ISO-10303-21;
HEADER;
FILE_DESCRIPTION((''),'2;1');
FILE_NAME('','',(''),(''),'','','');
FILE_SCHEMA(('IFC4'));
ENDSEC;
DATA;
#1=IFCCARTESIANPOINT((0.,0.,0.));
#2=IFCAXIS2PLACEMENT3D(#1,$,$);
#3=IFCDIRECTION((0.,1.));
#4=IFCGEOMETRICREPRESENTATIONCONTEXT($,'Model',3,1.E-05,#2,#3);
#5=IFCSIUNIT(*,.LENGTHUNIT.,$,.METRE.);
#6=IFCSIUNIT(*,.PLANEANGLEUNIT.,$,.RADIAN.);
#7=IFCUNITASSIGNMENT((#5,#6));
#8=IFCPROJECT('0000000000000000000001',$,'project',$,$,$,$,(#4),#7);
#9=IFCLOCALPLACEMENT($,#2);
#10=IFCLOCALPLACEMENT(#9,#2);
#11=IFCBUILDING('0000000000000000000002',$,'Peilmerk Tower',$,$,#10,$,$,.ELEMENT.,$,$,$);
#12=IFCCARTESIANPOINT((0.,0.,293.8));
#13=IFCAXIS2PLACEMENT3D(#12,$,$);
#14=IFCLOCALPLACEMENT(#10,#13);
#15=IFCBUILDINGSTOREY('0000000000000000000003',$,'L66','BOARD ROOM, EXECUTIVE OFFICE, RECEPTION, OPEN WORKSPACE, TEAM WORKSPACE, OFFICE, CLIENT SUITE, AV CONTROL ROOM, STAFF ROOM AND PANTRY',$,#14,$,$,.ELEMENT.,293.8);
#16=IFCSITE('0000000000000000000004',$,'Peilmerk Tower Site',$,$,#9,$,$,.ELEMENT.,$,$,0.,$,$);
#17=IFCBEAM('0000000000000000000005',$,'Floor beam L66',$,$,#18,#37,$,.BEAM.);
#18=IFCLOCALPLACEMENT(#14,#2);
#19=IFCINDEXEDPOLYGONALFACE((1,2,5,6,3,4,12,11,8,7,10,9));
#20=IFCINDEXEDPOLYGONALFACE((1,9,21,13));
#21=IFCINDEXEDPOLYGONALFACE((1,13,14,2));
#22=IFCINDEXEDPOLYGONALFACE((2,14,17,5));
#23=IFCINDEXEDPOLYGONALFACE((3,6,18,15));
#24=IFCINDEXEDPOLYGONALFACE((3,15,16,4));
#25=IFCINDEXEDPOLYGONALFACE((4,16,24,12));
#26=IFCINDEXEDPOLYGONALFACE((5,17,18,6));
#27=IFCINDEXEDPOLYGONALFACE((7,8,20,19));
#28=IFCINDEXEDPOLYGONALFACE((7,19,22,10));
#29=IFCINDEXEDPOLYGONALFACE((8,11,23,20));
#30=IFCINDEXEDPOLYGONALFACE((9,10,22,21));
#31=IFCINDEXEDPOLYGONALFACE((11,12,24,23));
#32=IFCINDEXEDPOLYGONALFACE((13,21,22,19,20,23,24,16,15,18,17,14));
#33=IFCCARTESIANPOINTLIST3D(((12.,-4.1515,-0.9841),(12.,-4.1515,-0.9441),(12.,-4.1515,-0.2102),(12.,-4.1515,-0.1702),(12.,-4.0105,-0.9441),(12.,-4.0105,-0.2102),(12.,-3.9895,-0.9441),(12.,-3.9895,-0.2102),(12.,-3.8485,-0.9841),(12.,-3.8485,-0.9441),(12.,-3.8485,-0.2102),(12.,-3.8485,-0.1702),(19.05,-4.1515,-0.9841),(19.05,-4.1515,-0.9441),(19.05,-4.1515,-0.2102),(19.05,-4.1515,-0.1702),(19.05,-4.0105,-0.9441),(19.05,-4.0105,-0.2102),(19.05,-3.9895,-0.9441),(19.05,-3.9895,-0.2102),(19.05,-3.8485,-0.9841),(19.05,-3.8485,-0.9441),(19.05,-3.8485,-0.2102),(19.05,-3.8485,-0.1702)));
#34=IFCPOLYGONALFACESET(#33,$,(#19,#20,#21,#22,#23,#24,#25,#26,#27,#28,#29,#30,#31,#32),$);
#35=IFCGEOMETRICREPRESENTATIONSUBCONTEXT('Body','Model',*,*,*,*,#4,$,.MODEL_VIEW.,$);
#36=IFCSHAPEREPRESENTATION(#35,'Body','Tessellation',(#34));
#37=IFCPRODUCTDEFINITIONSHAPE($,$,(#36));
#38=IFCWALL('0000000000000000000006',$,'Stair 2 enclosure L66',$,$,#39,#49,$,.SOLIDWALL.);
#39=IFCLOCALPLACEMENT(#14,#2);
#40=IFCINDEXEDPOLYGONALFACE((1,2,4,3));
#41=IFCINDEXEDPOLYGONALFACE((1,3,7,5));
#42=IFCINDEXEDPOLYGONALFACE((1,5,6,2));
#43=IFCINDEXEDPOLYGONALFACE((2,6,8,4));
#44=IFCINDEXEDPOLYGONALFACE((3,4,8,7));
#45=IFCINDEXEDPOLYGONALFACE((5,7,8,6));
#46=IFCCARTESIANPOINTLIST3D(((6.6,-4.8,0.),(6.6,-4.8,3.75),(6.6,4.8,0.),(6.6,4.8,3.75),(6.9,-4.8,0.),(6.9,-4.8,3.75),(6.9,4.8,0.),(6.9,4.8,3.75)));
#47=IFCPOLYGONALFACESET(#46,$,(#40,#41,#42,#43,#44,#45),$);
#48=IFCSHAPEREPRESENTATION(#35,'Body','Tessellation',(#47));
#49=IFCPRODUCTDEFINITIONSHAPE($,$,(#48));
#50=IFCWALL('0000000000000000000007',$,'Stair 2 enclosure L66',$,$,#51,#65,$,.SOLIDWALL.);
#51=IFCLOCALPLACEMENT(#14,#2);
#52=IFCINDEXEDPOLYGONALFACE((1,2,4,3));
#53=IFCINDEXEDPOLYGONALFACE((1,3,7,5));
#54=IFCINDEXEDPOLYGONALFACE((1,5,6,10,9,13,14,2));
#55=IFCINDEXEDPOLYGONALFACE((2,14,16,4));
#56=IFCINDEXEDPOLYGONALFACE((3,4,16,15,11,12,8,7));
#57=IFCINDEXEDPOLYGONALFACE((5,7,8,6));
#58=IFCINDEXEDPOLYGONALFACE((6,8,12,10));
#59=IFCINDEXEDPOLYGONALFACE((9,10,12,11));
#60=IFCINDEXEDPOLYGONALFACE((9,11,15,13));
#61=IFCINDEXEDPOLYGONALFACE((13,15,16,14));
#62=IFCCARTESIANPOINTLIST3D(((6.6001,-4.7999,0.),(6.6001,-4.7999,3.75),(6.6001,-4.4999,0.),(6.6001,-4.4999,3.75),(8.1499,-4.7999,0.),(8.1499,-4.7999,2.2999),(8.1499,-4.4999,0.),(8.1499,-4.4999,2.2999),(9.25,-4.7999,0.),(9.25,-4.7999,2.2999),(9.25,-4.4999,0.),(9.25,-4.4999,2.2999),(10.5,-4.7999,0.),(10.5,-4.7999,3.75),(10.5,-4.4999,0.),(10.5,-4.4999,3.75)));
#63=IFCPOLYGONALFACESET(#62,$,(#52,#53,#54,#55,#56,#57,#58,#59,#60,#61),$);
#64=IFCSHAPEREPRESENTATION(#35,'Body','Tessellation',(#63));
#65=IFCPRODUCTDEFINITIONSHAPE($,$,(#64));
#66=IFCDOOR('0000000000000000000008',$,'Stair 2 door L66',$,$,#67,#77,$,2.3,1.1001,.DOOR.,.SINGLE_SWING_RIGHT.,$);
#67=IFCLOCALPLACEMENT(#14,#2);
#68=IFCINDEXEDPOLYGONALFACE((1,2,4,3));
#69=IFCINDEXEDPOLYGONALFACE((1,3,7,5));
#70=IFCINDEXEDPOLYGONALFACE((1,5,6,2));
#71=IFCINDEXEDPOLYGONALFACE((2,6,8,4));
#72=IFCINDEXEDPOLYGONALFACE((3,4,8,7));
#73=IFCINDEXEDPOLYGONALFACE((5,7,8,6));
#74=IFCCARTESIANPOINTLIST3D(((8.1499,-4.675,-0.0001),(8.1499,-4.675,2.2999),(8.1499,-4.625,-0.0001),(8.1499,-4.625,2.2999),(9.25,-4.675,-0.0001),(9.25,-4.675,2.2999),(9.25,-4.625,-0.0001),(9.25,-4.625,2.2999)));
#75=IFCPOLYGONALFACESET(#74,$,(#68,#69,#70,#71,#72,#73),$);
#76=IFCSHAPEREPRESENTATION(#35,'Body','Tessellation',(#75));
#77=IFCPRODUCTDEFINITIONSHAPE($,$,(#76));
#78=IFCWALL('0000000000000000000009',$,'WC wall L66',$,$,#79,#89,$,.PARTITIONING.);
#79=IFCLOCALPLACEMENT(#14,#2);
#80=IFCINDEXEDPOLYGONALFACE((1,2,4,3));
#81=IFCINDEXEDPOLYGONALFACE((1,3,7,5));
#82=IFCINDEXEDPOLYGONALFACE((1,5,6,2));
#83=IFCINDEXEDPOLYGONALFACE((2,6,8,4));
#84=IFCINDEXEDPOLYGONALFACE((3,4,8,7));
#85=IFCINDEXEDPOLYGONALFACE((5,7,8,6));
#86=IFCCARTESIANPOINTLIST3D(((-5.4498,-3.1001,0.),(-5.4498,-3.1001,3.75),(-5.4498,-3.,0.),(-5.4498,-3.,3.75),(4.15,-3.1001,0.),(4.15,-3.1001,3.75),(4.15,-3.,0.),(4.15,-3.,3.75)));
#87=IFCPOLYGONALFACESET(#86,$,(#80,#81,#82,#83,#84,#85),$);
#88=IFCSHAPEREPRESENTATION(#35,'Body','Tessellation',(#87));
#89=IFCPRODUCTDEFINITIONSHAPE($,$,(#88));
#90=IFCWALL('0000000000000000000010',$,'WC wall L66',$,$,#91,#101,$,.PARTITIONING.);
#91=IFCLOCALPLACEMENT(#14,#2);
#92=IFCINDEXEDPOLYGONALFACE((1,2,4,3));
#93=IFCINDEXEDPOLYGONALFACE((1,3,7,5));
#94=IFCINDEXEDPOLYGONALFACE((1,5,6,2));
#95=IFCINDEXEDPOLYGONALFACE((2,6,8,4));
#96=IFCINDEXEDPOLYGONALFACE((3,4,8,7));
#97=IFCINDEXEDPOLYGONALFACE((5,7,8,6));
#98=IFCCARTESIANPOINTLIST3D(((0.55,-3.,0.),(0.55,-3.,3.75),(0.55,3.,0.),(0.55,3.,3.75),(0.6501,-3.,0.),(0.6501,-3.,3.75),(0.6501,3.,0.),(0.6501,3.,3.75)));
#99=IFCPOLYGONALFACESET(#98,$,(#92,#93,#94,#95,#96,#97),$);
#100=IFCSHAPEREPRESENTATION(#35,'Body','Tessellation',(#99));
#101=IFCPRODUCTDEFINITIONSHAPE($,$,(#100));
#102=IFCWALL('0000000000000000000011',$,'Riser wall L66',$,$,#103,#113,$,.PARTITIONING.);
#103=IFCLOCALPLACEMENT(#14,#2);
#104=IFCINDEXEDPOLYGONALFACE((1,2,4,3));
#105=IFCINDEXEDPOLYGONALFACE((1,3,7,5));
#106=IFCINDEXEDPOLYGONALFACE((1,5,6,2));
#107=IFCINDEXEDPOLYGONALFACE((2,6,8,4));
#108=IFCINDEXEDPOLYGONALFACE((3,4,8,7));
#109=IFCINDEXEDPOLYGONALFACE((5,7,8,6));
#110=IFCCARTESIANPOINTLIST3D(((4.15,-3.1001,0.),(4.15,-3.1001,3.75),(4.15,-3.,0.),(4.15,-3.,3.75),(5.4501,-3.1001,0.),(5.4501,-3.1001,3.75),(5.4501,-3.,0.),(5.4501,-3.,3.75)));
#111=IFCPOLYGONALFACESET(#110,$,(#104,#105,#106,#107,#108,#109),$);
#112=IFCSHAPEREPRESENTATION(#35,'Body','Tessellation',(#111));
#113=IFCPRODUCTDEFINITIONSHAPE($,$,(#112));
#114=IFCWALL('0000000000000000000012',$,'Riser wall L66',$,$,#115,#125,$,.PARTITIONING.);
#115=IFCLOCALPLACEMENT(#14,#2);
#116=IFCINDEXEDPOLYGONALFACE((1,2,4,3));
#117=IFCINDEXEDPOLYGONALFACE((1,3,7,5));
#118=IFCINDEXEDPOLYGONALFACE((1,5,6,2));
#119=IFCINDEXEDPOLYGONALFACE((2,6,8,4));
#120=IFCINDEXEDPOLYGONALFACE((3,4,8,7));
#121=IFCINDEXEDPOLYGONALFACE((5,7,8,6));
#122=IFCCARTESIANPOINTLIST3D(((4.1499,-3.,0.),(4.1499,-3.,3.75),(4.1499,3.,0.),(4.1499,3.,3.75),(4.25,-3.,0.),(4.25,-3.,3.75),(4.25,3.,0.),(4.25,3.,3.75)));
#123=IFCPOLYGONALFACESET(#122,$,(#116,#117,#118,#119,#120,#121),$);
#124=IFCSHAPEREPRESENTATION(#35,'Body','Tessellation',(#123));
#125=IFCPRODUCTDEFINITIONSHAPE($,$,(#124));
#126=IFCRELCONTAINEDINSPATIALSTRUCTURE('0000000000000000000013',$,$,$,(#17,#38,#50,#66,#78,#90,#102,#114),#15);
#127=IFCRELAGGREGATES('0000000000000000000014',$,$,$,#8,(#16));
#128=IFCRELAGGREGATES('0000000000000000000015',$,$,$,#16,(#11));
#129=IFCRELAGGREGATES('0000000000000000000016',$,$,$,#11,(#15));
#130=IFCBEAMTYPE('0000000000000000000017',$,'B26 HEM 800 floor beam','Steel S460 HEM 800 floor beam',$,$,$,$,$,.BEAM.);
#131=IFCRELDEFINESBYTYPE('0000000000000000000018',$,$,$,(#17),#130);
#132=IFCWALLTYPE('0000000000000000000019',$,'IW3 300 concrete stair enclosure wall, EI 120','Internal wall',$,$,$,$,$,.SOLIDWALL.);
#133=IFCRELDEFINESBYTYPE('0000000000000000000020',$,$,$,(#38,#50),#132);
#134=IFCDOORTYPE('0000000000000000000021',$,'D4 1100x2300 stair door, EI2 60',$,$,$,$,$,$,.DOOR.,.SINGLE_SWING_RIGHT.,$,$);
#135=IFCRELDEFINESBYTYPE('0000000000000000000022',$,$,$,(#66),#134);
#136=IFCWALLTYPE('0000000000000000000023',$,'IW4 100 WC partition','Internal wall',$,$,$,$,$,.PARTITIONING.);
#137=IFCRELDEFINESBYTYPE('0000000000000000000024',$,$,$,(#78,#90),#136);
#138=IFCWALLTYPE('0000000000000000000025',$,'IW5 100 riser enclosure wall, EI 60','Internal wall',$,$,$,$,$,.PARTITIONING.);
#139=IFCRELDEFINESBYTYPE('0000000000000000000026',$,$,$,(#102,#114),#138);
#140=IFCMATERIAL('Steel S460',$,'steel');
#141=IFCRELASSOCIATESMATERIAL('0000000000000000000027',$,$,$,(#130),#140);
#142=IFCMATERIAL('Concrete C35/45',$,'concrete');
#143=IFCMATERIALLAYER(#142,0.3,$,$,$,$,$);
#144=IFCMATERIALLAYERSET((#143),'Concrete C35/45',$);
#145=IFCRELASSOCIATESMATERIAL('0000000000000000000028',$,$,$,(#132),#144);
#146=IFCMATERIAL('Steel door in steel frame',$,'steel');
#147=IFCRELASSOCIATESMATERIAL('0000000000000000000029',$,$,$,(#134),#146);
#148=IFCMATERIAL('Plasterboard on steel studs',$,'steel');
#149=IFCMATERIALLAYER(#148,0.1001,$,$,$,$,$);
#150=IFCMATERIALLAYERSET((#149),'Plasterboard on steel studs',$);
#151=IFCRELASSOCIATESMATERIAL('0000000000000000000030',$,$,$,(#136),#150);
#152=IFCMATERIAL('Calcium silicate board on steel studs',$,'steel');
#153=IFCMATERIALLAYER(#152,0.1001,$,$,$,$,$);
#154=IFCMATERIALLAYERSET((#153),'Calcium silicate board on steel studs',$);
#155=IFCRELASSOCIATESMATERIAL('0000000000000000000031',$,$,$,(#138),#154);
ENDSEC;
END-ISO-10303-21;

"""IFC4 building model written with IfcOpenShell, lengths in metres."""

from ifc_helpers import new_model, si_unit, direction, frame, frame_2d, origin, origin_2d, place, context, subcontext, project, spatial, rectangle, i_section, extrude, material, layer, layer_set, material_profile, profile_set, type_object, element, fill, save


model = new_model("IFC4")

# Units and contexts
model_context = context("Model", 3, precision=1e-05, world=origin(), true_north=direction((0.0, 1.0)))
body_context = subcontext(model_context, "Body", "Model", "MODEL_VIEW")
ifc_project = project(units=[si_unit("LENGTHUNIT", "METRE"), si_unit("PLANEANGLEUNIT", "RADIAN")], contexts=[model_context])

# Site, building, storey
site_placement = place(None, origin())
site = spatial("IfcSite", under=ifc_project, at=site_placement, Name="Peilmerk Tower Site", CompositionType="ELEMENT", RefElevation=0.0)
building_placement = place(site_placement, origin())
building = spatial("IfcBuilding", under=site, at=building_placement, Name="Peilmerk Tower", CompositionType="ELEMENT")
storey_placement = place(building_placement, frame((0.0, 0.0, 293.8)))
storey = spatial("IfcBuildingStorey", under=building, at=storey_placement, Name="L66", Description="BOARD ROOM, EXECUTIVE OFFICE, RECEPTION, OPEN WORKSPACE, TEAM WORKSPACE, OFFICE, CLIENT SUITE, AV CONTROL ROOM, STAFF ROOM AND PANTRY", CompositionType="ELEMENT", Elevation=293.8)

# Beam
ifc_material_1 = material(Name="Steel S460", Category="steel")
ifc_material_profile = material_profile(ifc_material_1, i_section(OverallWidth=0.303, OverallDepth=0.814, WebThickness=0.021, FlangeThickness=0.04, at=origin_2d()), Name="HEM 800")
ifc_profile_set = profile_set([ifc_material_profile], Name="Steel S460")
beam_type = type_object("IfcBeamType", Name="B26 HEM 800 floor beam", Description="Steel S460 HEM 800 floor beam", PredefinedType="BEAM", material=ifc_profile_set)
beam_placement = place(storey_placement, frame((12.0, -4.0, -0.5771), z_axis=(1.0, 0.0, 0.0), x_axis=(0.0, 1.0, 0.0)))
element("IfcBeam", 1, at=beam_placement, inside=storey, type_object=beam_type, Name="Floor beam L66", PredefinedType="BEAM", context=body_context, shape_type="SweptSolid", body=[
    extrude(i_section(OverallWidth=0.303, OverallDepth=0.814, WebThickness=0.021, FlangeThickness=0.04, at=origin_2d()), origin(), (0.0, 0.0, 1.0), 7.05),
])

# Wall
ifc_material_2 = material(Name="Concrete C35/45", Category="concrete")
ifc_layer_1 = layer(ifc_material_2, 0.3)
ifc_layer_set_1 = layer_set([ifc_layer_1], Name="Concrete C35/45")
wall_type_1 = type_object("IfcWallType", Name="IW3 300 concrete stair enclosure wall, EI 120", Description="Internal wall", PredefinedType="SOLIDWALL", material=ifc_layer_set_1)
wall_1_placement = place(storey_placement, frame((6.75, -4.8, 0.0), z_axis=(0.0, 0.0, 1.0), x_axis=(0.0, 1.0, 0.0)))
element("IfcWall", 2, at=wall_1_placement, inside=storey, type_object=wall_type_1, Name="Stair 2 enclosure L66", PredefinedType="SOLIDWALL", context=body_context, shape_type="SweptSolid", body=[
    extrude(rectangle(XDim=9.6001, YDim=0.3, at=frame_2d((4.8, 0.0))), origin(), (0.0, 0.0, 1.0), 3.75),
])

# Wall, opening, door
wall_2_placement = place(storey_placement, frame((10.5, -4.6499, 0.0), z_axis=(0.0, 0.0, 1.0), x_axis=(-1.0, 0.0, 0.0)))
wall_2 = element("IfcWall", 3, at=wall_2_placement, inside=storey, type_object=wall_type_1, Name="Stair 2 enclosure L66", PredefinedType="SOLIDWALL", context=body_context, shape_type="SweptSolid", body=[
    extrude(rectangle(XDim=3.8999, YDim=0.3, at=frame_2d((1.95, 0.0))), origin(), (0.0, 0.0, 1.0), 3.75),
])
opening_1_placement = place(wall_2_placement, frame((1.25, 0.0, 0.0)))
opening_1 = element("IfcOpeningElement", 4, at=opening_1_placement, cuts=wall_2, PredefinedType="OPENING", context=body_context, shape_type="SweptSolid", body=[
    extrude(rectangle(XDim=1.1001, YDim=2.3, at=frame_2d((0.55, 1.1499))), frame((0.0, 0.1599, 0.0), z_axis=(0.0, -1.0, 0.0), x_axis=(1.0, 0.0, 0.0)), (0.0, 0.0, 1.0), 0.3201),
])
ifc_material_3 = material(Name="Steel door in steel frame", Category="steel")
door_type_1 = type_object("IfcDoorType", Name="D4 1100x2300 stair door, EI2 60", OperationType="SINGLE_SWING_RIGHT", PredefinedType="DOOR", material=ifc_material_3)
door_1_placement = place(opening_1_placement, frame((1.1001, 0.0, 0.0), z_axis=(0.0, 0.0, 1.0), x_axis=(-1.0, 0.0, 0.0)))
door_1 = element("IfcDoor", 5, at=door_1_placement, inside=storey, type_object=door_type_1, Name="Stair 2 door L66", OperationType="SINGLE_SWING_RIGHT", OverallHeight=2.3, OverallWidth=1.1001, PredefinedType="DOOR", context=body_context, shape_type="SweptSolid", body=[
    extrude(rectangle(XDim=1.1001, YDim=2.3, at=frame_2d((0.55, 1.1499))), frame((0.0, 0.0249, 0.0), z_axis=(0.0, -1.0, 0.0), x_axis=(1.0, 0.0, 0.0)), (0.0, 0.0, 1.0), 0.05),
])
fill(opening_1, door_1)

# Walls
ifc_material_4 = material(Name="Plasterboard on steel studs", Category="steel")
ifc_layer_2 = layer(ifc_material_4, 0.1001)
ifc_layer_set_2 = layer_set([ifc_layer_2], Name="Plasterboard on steel studs")
wall_type_2 = type_object("IfcWallType", Name="IW4 100 WC partition", Description="Internal wall", PredefinedType="PARTITIONING", material=ifc_layer_set_2)
wall_3_placement = place(storey_placement, frame((4.1499, -3.05, 0.0), z_axis=(0.0, 0.0, 1.0), x_axis=(-1.0, 0.0, 0.0)))
element("IfcWall", 6, at=wall_3_placement, inside=storey, type_object=wall_type_2, Name="WC wall L66", PredefinedType="PARTITIONING", context=body_context, shape_type="SweptSolid", body=[
    extrude(rectangle(XDim=9.5999, YDim=0.1001, at=frame_2d((4.7998, 0.0))), origin(), (0.0, 0.0, 1.0), 3.75),
])
wall_4_placement = place(storey_placement, frame((0.6001, -3.0, 0.0), z_axis=(0.0, 0.0, 1.0), x_axis=(0.0, 1.0, 0.0)))
element("IfcWall", 7, at=wall_4_placement, inside=storey, type_object=wall_type_2, Name="WC wall L66", PredefinedType="PARTITIONING", context=body_context, shape_type="SweptSolid", body=[
    extrude(rectangle(XDim=6.0, YDim=0.1001, at=frame_2d((3.0, 0.0))), origin(), (0.0, 0.0, 1.0), 3.75),
])
ifc_material_5 = material(Name="Calcium silicate board on steel studs", Category="steel")
ifc_layer_3 = layer(ifc_material_5, 0.1001)
ifc_layer_set_3 = layer_set([ifc_layer_3], Name="Calcium silicate board on steel studs")
wall_type_3 = type_object("IfcWallType", Name="IW5 100 riser enclosure wall, EI 60", Description="Internal wall", PredefinedType="PARTITIONING", material=ifc_layer_set_3)
wall_5_placement = place(storey_placement, frame((5.45, -3.05, 0.0), z_axis=(0.0, 0.0, 1.0), x_axis=(-1.0, 0.0, 0.0)))
element("IfcWall", 8, at=wall_5_placement, inside=storey, type_object=wall_type_3, Name="Riser wall L66", PredefinedType="PARTITIONING", context=body_context, shape_type="SweptSolid", body=[
    extrude(rectangle(XDim=1.3, YDim=0.1001, at=frame_2d((0.6499, 0.0))), origin(), (0.0, 0.0, 1.0), 3.75),
])
wall_6_placement = place(storey_placement, frame((4.2, -3.0, 0.0), z_axis=(0.0, 0.0, 1.0), x_axis=(0.0, 1.0, 0.0)))
element("IfcWall", 9, at=wall_6_placement, inside=storey, type_object=wall_type_3, Name="Riser wall L66", PredefinedType="PARTITIONING", context=body_context, shape_type="SweptSolid", body=[
    extrude(rectangle(XDim=6.0, YDim=0.1001, at=frame_2d((3.0, 0.0))), origin(), (0.0, 0.0, 1.0), 3.75),
])

save(model, "model.ifc")
